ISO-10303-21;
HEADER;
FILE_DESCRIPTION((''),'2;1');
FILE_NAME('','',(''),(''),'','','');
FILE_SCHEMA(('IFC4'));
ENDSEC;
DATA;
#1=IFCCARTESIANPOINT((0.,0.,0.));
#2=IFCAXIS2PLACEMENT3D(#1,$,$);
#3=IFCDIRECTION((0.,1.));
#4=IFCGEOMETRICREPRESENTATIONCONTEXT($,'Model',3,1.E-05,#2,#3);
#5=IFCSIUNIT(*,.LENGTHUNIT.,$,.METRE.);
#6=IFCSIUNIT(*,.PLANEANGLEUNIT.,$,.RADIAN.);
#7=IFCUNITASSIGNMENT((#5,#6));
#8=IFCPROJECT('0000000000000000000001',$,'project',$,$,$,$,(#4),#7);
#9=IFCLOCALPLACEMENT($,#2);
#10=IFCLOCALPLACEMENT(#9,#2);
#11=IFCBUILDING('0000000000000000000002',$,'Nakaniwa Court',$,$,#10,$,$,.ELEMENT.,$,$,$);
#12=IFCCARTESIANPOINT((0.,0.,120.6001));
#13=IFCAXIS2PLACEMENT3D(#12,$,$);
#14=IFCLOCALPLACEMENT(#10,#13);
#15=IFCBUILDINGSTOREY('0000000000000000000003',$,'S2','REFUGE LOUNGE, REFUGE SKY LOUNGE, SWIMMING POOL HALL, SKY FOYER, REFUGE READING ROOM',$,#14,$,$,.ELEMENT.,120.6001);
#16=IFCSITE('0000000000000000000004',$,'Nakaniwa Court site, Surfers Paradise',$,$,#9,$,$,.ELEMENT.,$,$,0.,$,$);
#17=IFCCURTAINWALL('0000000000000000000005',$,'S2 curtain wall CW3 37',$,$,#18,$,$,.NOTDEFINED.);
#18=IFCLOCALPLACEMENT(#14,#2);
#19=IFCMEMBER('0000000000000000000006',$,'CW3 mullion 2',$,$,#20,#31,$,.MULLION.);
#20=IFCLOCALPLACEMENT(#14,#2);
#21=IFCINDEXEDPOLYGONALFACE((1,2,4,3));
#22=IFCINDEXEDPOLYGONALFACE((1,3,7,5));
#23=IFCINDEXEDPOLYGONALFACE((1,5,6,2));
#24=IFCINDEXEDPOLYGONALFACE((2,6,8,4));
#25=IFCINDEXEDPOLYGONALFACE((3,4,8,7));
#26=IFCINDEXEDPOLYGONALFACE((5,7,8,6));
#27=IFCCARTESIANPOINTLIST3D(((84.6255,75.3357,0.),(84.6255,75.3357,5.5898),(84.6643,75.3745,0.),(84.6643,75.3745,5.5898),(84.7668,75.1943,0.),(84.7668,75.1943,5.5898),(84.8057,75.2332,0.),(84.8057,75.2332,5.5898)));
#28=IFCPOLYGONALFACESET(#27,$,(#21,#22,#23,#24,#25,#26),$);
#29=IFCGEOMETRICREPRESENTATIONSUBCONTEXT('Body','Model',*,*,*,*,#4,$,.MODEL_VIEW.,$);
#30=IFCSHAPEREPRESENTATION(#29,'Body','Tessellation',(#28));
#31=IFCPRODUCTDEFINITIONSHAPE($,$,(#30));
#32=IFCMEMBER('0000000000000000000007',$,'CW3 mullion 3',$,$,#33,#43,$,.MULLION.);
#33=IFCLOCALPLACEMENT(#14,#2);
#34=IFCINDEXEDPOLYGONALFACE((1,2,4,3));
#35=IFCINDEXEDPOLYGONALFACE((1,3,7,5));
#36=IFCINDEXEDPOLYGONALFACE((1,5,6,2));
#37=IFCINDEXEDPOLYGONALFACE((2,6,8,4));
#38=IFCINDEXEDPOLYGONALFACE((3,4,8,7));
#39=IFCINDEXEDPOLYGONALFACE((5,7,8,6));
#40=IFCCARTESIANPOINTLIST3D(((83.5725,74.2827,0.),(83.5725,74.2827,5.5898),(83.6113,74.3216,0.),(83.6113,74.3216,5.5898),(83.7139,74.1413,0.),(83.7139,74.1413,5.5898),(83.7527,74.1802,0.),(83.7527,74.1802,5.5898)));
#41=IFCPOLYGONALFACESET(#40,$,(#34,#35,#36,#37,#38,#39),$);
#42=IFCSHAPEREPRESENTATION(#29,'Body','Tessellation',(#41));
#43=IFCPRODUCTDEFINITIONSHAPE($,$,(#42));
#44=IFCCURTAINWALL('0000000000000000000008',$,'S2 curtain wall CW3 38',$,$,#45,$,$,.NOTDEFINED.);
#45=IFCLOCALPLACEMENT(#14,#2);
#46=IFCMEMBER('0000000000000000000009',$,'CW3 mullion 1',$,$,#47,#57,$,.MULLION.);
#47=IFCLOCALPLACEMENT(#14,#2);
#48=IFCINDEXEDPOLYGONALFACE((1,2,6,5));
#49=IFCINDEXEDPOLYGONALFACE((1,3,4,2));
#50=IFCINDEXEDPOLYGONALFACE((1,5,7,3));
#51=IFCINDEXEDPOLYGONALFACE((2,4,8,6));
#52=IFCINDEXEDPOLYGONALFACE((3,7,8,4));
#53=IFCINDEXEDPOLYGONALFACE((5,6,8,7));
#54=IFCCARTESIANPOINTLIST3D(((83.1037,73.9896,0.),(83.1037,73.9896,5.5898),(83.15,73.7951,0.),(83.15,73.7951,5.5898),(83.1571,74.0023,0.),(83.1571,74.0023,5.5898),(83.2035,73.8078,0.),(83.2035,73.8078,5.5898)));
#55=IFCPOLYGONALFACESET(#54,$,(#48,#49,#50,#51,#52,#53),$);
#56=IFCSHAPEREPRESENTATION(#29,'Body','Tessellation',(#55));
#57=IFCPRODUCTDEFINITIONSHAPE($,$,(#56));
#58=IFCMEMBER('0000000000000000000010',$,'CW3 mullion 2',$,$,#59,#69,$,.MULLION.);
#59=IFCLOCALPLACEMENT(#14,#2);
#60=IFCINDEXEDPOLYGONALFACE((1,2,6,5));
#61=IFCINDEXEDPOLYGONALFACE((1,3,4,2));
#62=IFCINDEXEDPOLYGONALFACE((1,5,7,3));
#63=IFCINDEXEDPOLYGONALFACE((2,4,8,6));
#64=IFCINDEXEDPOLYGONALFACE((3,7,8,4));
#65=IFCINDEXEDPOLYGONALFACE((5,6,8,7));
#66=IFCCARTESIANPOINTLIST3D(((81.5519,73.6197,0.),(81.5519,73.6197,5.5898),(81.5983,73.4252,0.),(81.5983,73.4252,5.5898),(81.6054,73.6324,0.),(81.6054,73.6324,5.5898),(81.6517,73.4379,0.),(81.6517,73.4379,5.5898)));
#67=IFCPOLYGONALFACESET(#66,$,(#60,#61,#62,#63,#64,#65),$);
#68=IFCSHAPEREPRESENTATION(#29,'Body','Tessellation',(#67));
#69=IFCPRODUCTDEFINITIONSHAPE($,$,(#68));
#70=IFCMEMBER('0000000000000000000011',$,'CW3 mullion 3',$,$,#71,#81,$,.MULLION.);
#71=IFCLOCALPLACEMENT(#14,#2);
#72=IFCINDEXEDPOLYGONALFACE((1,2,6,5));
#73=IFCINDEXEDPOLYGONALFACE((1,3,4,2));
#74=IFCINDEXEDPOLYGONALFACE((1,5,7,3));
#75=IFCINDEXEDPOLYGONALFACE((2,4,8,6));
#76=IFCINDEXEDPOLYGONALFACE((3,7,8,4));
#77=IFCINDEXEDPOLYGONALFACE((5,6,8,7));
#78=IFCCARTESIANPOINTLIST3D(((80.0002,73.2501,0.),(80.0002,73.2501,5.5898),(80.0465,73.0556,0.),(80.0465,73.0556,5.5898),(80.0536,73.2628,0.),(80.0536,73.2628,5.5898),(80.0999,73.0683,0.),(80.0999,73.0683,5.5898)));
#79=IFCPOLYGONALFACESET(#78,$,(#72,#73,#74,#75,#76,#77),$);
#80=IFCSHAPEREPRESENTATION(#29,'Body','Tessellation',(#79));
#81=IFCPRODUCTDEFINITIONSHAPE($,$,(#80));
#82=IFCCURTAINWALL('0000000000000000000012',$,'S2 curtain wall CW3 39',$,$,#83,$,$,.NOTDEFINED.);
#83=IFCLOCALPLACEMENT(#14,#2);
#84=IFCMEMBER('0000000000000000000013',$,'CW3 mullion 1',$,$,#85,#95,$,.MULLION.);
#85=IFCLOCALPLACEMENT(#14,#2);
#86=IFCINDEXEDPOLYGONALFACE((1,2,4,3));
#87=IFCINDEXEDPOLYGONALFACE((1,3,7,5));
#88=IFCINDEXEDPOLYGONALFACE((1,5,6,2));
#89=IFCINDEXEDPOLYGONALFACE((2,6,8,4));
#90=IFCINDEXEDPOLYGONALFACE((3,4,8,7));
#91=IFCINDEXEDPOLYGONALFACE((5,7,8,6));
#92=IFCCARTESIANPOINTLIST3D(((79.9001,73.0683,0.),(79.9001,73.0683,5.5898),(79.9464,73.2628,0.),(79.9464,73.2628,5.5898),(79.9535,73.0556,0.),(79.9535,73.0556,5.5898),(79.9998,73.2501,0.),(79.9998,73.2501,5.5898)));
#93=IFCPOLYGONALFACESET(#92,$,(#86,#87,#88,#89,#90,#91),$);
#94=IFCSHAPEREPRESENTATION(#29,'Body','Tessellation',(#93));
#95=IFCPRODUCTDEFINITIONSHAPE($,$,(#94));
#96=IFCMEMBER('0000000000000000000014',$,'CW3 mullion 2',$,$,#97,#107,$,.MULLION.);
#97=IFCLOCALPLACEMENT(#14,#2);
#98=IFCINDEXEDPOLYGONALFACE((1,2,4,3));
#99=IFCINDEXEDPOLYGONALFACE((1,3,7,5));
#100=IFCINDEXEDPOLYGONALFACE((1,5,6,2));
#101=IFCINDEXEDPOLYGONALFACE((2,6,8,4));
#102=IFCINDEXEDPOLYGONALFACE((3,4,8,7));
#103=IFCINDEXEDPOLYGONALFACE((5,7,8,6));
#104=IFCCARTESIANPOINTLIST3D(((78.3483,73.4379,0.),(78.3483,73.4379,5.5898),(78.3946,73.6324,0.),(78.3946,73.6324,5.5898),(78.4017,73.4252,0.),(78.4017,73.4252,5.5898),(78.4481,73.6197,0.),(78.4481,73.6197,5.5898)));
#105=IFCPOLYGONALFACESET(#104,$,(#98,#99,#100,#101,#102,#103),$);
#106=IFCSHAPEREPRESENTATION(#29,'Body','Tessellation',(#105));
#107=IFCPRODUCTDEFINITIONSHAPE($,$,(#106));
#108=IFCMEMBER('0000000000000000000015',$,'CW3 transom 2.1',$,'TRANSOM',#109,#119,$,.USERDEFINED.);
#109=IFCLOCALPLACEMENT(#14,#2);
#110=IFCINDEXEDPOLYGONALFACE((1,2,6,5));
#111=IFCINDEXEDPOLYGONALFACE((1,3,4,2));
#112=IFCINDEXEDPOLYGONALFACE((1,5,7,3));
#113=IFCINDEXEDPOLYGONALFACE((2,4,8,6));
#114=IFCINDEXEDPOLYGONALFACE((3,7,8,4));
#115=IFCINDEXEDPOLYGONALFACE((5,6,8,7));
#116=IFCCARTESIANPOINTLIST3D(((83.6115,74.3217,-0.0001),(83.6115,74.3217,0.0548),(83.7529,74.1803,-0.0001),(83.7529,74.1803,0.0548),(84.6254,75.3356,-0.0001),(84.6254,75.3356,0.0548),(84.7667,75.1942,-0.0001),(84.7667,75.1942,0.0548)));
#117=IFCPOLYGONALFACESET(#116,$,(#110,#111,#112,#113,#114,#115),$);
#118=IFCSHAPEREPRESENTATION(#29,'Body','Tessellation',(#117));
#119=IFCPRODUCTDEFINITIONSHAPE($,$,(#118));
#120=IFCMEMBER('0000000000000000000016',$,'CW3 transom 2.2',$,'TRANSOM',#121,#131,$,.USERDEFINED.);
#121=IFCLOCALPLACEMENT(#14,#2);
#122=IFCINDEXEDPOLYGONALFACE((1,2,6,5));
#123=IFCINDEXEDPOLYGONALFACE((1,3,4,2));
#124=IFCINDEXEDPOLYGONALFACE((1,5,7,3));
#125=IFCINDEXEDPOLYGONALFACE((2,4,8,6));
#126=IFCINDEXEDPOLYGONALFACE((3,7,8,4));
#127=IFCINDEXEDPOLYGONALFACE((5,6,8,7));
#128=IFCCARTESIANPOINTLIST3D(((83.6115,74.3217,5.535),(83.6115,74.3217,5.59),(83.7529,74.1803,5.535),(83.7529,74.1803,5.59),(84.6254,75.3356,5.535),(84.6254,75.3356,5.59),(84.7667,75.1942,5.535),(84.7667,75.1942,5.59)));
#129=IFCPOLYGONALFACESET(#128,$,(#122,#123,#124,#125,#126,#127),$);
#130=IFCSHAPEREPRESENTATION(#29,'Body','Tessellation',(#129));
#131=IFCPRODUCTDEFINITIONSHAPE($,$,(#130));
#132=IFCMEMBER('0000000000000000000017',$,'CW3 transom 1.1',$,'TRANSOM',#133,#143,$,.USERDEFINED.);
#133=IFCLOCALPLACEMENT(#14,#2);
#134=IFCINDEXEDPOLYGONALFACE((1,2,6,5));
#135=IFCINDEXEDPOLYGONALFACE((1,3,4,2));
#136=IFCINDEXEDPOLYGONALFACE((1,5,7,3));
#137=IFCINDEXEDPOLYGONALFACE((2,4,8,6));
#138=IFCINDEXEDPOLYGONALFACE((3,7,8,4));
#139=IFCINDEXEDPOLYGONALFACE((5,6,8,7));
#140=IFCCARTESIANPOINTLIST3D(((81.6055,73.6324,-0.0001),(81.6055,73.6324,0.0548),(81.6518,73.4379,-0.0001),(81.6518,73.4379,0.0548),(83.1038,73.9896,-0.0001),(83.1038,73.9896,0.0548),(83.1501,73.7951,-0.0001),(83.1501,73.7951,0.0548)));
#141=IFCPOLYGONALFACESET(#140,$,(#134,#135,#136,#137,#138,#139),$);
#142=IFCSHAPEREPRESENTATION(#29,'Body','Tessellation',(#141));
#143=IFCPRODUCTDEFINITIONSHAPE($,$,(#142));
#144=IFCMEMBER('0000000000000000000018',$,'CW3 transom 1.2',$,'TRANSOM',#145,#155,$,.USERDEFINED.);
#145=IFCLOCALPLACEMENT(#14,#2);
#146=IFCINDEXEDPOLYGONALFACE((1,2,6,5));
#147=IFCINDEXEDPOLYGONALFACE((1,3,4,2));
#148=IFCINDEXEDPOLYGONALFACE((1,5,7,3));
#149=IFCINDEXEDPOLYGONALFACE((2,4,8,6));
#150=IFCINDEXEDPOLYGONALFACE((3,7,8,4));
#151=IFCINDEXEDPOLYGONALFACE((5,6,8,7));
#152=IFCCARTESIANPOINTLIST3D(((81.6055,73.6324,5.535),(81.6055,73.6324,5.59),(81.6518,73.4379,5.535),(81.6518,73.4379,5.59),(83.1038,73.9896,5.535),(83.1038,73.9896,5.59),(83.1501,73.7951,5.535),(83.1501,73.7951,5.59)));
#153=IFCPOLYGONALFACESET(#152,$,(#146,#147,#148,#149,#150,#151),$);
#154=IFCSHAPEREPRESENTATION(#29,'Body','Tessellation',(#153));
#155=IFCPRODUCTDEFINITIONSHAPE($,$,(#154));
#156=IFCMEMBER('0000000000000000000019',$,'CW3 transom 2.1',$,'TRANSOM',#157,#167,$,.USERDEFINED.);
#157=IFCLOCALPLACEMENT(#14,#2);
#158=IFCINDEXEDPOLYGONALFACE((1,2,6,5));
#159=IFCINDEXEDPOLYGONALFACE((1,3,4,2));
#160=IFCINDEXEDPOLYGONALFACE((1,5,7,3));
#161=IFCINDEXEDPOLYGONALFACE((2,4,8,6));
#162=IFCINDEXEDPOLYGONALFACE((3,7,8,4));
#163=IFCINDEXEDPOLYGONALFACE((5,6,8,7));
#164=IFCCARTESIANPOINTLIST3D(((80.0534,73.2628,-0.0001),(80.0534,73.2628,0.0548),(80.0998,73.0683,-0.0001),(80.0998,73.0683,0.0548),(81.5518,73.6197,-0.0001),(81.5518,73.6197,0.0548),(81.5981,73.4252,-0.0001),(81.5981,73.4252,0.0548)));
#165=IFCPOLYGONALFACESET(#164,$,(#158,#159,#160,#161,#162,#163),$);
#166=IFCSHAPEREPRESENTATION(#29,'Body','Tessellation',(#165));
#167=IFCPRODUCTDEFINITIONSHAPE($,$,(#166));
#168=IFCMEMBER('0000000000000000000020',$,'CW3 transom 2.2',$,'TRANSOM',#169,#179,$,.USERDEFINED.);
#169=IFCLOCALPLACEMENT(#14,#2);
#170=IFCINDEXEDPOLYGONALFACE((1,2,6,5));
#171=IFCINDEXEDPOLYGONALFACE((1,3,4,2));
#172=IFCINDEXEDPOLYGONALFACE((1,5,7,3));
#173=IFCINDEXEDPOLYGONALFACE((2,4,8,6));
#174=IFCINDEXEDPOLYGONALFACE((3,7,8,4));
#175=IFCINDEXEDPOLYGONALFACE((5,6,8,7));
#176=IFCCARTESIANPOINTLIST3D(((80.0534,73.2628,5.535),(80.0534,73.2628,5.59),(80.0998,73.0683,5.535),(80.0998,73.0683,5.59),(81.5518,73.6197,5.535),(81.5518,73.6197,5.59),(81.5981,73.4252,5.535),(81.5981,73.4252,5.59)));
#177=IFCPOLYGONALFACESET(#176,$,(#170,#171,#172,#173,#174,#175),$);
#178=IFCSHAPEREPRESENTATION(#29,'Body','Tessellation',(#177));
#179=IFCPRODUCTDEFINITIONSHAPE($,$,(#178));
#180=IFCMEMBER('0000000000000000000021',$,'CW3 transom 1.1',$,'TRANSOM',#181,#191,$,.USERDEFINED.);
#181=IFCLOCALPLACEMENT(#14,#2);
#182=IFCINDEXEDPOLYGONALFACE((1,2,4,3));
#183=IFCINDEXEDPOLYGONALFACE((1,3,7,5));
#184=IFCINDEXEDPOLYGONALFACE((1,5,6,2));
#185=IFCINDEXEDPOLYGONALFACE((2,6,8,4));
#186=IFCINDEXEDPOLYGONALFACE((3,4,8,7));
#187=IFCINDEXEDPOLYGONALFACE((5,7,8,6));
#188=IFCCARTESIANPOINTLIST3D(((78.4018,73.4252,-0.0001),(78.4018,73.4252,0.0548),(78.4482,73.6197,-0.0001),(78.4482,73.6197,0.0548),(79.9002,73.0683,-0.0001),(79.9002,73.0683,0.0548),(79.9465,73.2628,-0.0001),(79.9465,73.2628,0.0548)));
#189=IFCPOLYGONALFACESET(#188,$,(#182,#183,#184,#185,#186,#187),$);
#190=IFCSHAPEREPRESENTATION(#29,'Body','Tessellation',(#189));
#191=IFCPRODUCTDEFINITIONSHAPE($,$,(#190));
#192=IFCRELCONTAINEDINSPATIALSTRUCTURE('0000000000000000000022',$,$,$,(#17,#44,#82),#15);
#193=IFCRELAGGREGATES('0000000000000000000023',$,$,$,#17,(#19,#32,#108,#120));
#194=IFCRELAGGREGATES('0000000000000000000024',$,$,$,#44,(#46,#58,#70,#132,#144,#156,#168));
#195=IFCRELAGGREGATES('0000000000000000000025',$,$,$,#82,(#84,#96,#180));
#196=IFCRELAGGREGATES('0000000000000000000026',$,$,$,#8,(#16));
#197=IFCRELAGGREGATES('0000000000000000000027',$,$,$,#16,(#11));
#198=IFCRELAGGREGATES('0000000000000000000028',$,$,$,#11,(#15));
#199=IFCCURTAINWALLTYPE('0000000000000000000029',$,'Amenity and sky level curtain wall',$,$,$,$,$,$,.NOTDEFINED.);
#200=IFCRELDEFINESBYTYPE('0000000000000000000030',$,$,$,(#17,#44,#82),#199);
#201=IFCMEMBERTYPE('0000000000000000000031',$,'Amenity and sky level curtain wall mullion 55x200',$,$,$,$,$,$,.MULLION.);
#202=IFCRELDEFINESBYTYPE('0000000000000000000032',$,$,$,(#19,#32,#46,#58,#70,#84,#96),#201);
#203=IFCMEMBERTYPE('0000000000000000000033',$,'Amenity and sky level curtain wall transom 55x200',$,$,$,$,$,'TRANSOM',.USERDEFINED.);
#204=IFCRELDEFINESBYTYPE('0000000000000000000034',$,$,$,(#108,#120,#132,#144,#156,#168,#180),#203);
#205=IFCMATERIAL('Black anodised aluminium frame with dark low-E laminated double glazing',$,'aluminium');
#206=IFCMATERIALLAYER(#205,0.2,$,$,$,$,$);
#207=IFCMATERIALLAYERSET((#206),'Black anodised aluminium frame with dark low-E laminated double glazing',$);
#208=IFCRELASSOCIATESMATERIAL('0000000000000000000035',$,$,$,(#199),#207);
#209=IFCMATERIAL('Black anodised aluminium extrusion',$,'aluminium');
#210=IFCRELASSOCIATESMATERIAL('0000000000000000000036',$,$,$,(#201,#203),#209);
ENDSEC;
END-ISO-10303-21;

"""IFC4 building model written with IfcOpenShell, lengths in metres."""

from ifc_helpers import new_model, si_unit, direction, frame, origin, origin_2d, place, context, subcontext, project, spatial, rectangle, extrude, material, layer, layer_set, material_profile, profile_set, type_object, element, aggregate, save


model = new_model("IFC4")

# Units and contexts
model_context = context("Model", 3, precision=1e-05, world=origin(), true_north=direction((0.0, 1.0)))
body_context = subcontext(model_context, "Body", "Model", "MODEL_VIEW")
ifc_project = project(units=[si_unit("LENGTHUNIT", "METRE"), si_unit("PLANEANGLEUNIT", "RADIAN")], contexts=[model_context])

# Site, building, storey
site_placement = place(None, origin())
site = spatial("IfcSite", under=ifc_project, at=site_placement, Name="Nakaniwa Court site, Surfers Paradise", CompositionType="ELEMENT", RefElevation=0.0)
building_placement = place(site_placement, origin())
building = spatial("IfcBuilding", under=site, at=building_placement, Name="Nakaniwa Court", CompositionType="ELEMENT")
storey_placement = place(building_placement, frame((0.0, 0.0, 120.6001)))
storey = spatial("IfcBuildingStorey", under=building, at=storey_placement, Name="S2", Description="REFUGE LOUNGE, REFUGE SKY LOUNGE, SWIMMING POOL HALL, SKY FOYER, REFUGE READING ROOM", CompositionType="ELEMENT", Elevation=120.6001)

# Curtain walls, members
ifc_material_1 = material(Name="Black anodised aluminium frame with dark low-E laminated double glazing", Category="aluminium")
ifc_layer_1 = layer(ifc_material_1, 0.2)
ifc_layer_set_1 = layer_set([ifc_layer_1], Name="Black anodised aluminium frame with dark low-E laminated double glazing")
curtain_wall_type = type_object("IfcCurtainWallType", Name="Amenity and sky level curtain wall", PredefinedType="NOTDEFINED", material=ifc_layer_set_1)
curtain_wall_1_placement = place(storey_placement, origin())
curtain_wall_1 = element("IfcCurtainWall", 1, at=curtain_wall_1_placement, inside=storey, type_object=curtain_wall_type, Name="S2 curtain wall CW3 37", PredefinedType="NOTDEFINED")
ifc_material_2 = material(Name="Black anodised aluminium extrusion", Category="aluminium")
ifc_material_profile_1 = material_profile(ifc_material_2, rectangle(XDim=0.2, YDim=0.0549, at=origin_2d()), Name="Amenity and sky level curtain wall mullion 55x200")
ifc_profile_set_1 = profile_set([ifc_material_profile_1], Name="Black anodised aluminium extrusion")
member_type_1 = type_object("IfcMemberType", Name="Amenity and sky level curtain wall mullion 55x200", PredefinedType="MULLION", material=ifc_profile_set_1)
member_1_placement = place(storey_placement, frame((84.7156, 75.2844, 0.0), z_axis=(0.0, 0.0, 1.0), x_axis=(0.707107, -0.707107, 0.0)))
member_1 = element("IfcMember", 2, at=member_1_placement, type_object=member_type_1, Name="CW3 mullion 2", PredefinedType="MULLION", context=body_context, shape_type="SweptSolid", body=[
    extrude(rectangle(XDim=0.2, YDim=0.0549, at=origin_2d()), origin(), (0.0, 0.0, 1.0), 5.5898),
])
member_2_placement = place(storey_placement, frame((83.6626, 74.2314, 0.0), z_axis=(0.0, 0.0, 1.0), x_axis=(0.707107, -0.707107, 0.0)))
member_2 = element("IfcMember", 3, at=member_2_placement, type_object=member_type_1, Name="CW3 mullion 3", PredefinedType="MULLION", context=body_context, shape_type="SweptSolid", body=[
    extrude(rectangle(XDim=0.2, YDim=0.0549, at=origin_2d()), origin(), (0.0, 0.0, 1.0), 5.5898),
])
curtain_wall_2_placement = place(storey_placement, origin())
curtain_wall_2 = element("IfcCurtainWall", 4, at=curtain_wall_2_placement, inside=storey, type_object=curtain_wall_type, Name="S2 curtain wall CW3 38", PredefinedType="NOTDEFINED")
member_3_placement = place(storey_placement, frame((83.1536, 73.8987, 0.0), z_axis=(0.0, 0.0, 1.0), x_axis=(0.231791, -0.972766, 0.0)))
member_3 = element("IfcMember", 5, at=member_3_placement, type_object=member_type_1, Name="CW3 mullion 1", PredefinedType="MULLION", context=body_context, shape_type="SweptSolid", body=[
    extrude(rectangle(XDim=0.2, YDim=0.0549, at=origin_2d()), origin(), (0.0, 0.0, 1.0), 5.5898),
])
member_4_placement = place(storey_placement, frame((81.6018, 73.5288, 0.0), z_axis=(0.0, 0.0, 1.0), x_axis=(0.231791, -0.972766, 0.0)))
member_4 = element("IfcMember", 6, at=member_4_placement, type_object=member_type_1, Name="CW3 mullion 2", PredefinedType="MULLION", context=body_context, shape_type="SweptSolid", body=[
    extrude(rectangle(XDim=0.2, YDim=0.0549, at=origin_2d()), origin(), (0.0, 0.0, 1.0), 5.5898),
])
member_5_placement = place(storey_placement, frame((80.05, 73.1592, 0.0), z_axis=(0.0, 0.0, 1.0), x_axis=(0.231791, -0.972766, 0.0)))
member_5 = element("IfcMember", 7, at=member_5_placement, type_object=member_type_1, Name="CW3 mullion 3", PredefinedType="MULLION", context=body_context, shape_type="SweptSolid", body=[
    extrude(rectangle(XDim=0.2, YDim=0.0549, at=origin_2d()), origin(), (0.0, 0.0, 1.0), 5.5898),
])
curtain_wall_3_placement = place(storey_placement, origin())
curtain_wall_3 = element("IfcCurtainWall", 8, at=curtain_wall_3_placement, inside=storey, type_object=curtain_wall_type, Name="S2 curtain wall CW3 39", PredefinedType="NOTDEFINED")
member_6_placement = place(storey_placement, frame((79.95, 73.1592, 0.0), z_axis=(0.0, 0.0, 1.0), x_axis=(-0.231791, -0.972766, 0.0)))
member_6 = element("IfcMember", 9, at=member_6_placement, type_object=member_type_1, Name="CW3 mullion 1", PredefinedType="MULLION", context=body_context, shape_type="SweptSolid", body=[
    extrude(rectangle(XDim=0.2, YDim=0.0549, at=origin_2d()), origin(), (0.0, 0.0, 1.0), 5.5898),
])
member_7_placement = place(storey_placement, frame((78.3982, 73.5288, 0.0), z_axis=(0.0, 0.0, 1.0), x_axis=(-0.231791, -0.972766, 0.0)))
member_7 = element("IfcMember", 10, at=member_7_placement, type_object=member_type_1, Name="CW3 mullion 2", PredefinedType="MULLION", context=body_context, shape_type="SweptSolid", body=[
    extrude(rectangle(XDim=0.2, YDim=0.0549, at=origin_2d()), origin(), (0.0, 0.0, 1.0), 5.5898),
])

# Members
ifc_material_profile_2 = material_profile(ifc_material_2, rectangle(XDim=0.2, YDim=0.0549, at=origin_2d()), Name="Amenity and sky level curtain wall transom 55x200")
ifc_profile_set_2 = profile_set([ifc_material_profile_2], Name="Black anodised aluminium extrusion")
member_type_2 = type_object("IfcMemberType", Name="Amenity and sky level curtain wall transom 55x200", ElementType="TRANSOM", PredefinedType="USERDEFINED", material=ifc_profile_set_2)
member_8_placement = place(storey_placement, frame((84.696, 75.2649, 0.0273), z_axis=(-0.707107, -0.707107, 0.0), x_axis=(0.707107, -0.707107, 0.0)))
member_8 = element("IfcMember", 11, at=member_8_placement, type_object=member_type_2, Name="CW3 transom 2.1", ObjectType="TRANSOM", PredefinedType="USERDEFINED", context=body_context, shape_type="SweptSolid", body=[
    extrude(rectangle(XDim=0.2, YDim=0.0549, at=origin_2d()), origin(), (0.0, 0.0, 1.0), 1.4338),
])
member_9_placement = place(storey_placement, frame((84.696, 75.2649, 5.5625), z_axis=(-0.707107, -0.707107, 0.0), x_axis=(0.707107, -0.707107, 0.0)))
member_9 = element("IfcMember", 12, at=member_9_placement, type_object=member_type_2, Name="CW3 transom 2.2", ObjectType="TRANSOM", PredefinedType="USERDEFINED", context=body_context, shape_type="SweptSolid", body=[
    extrude(rectangle(XDim=0.2, YDim=0.0549, at=origin_2d()), origin(), (0.0, 0.0, 1.0), 1.4338),
])
member_10_placement = place(storey_placement, frame((83.127, 73.8923, 0.0273), z_axis=(-0.972742, -0.231892, 0.0), x_axis=(0.231892, -0.972742, 0.0)))
member_10 = element("IfcMember", 13, at=member_10_placement, type_object=member_type_2, Name="CW3 transom 1.1", ObjectType="TRANSOM", PredefinedType="USERDEFINED", context=body_context, shape_type="SweptSolid", body=[
    extrude(rectangle(XDim=0.2, YDim=0.0549, at=origin_2d()), origin(), (0.0, 0.0, 1.0), 1.5403),
])
member_11_placement = place(storey_placement, frame((83.127, 73.8923, 5.5625), z_axis=(-0.972742, -0.231892, 0.0), x_axis=(0.231892, -0.972742, 0.0)))
member_11 = element("IfcMember", 14, at=member_11_placement, type_object=member_type_2, Name="CW3 transom 1.2", ObjectType="TRANSOM", PredefinedType="USERDEFINED", context=body_context, shape_type="SweptSolid", body=[
    extrude(rectangle(XDim=0.2, YDim=0.0549, at=origin_2d()), origin(), (0.0, 0.0, 1.0), 1.5403),
])
member_12_placement = place(storey_placement, frame((81.575, 73.5225, 0.0273), z_axis=(-0.972777, -0.231742, 0.0), x_axis=(0.231742, -0.972777, 0.0)))
member_12 = element("IfcMember", 15, at=member_12_placement, type_object=member_type_2, Name="CW3 transom 2.1", ObjectType="TRANSOM", PredefinedType="USERDEFINED", context=body_context, shape_type="SweptSolid", body=[
    extrude(rectangle(XDim=0.2, YDim=0.0549, at=origin_2d()), origin(), (0.0, 0.0, 1.0), 1.5403),
])
member_13_placement = place(storey_placement, frame((81.575, 73.5225, 5.5625), z_axis=(-0.972777, -0.231742, 0.0), x_axis=(0.231742, -0.972777, 0.0)))
member_13 = element("IfcMember", 16, at=member_13_placement, type_object=member_type_2, Name="CW3 transom 2.2", ObjectType="TRANSOM", PredefinedType="USERDEFINED", context=body_context, shape_type="SweptSolid", body=[
    extrude(rectangle(XDim=0.2, YDim=0.0549, at=origin_2d()), origin(), (0.0, 0.0, 1.0), 1.5403),
])
member_14_placement = place(storey_placement, frame((79.9233, 73.1655, 0.0273), z_axis=(-0.972777, 0.231742, 0.0), x_axis=(-0.231742, -0.972777, 0.0)))
member_14 = element("IfcMember", 17, at=member_14_placement, type_object=member_type_2, Name="CW3 transom 1.1", ObjectType="TRANSOM", PredefinedType="USERDEFINED", context=body_context, shape_type="SweptSolid", body=[
    extrude(rectangle(XDim=0.2, YDim=0.0549, at=origin_2d()), origin(), (0.0, 0.0, 1.0), 1.5403),
])

aggregate(curtain_wall_1, [member_1, member_2, member_8, member_9])
aggregate(curtain_wall_2, [member_3, member_4, member_5, member_10, member_11, member_12, member_13])
aggregate(curtain_wall_3, [member_6, member_7, member_14])

save(model, "model.ifc")
